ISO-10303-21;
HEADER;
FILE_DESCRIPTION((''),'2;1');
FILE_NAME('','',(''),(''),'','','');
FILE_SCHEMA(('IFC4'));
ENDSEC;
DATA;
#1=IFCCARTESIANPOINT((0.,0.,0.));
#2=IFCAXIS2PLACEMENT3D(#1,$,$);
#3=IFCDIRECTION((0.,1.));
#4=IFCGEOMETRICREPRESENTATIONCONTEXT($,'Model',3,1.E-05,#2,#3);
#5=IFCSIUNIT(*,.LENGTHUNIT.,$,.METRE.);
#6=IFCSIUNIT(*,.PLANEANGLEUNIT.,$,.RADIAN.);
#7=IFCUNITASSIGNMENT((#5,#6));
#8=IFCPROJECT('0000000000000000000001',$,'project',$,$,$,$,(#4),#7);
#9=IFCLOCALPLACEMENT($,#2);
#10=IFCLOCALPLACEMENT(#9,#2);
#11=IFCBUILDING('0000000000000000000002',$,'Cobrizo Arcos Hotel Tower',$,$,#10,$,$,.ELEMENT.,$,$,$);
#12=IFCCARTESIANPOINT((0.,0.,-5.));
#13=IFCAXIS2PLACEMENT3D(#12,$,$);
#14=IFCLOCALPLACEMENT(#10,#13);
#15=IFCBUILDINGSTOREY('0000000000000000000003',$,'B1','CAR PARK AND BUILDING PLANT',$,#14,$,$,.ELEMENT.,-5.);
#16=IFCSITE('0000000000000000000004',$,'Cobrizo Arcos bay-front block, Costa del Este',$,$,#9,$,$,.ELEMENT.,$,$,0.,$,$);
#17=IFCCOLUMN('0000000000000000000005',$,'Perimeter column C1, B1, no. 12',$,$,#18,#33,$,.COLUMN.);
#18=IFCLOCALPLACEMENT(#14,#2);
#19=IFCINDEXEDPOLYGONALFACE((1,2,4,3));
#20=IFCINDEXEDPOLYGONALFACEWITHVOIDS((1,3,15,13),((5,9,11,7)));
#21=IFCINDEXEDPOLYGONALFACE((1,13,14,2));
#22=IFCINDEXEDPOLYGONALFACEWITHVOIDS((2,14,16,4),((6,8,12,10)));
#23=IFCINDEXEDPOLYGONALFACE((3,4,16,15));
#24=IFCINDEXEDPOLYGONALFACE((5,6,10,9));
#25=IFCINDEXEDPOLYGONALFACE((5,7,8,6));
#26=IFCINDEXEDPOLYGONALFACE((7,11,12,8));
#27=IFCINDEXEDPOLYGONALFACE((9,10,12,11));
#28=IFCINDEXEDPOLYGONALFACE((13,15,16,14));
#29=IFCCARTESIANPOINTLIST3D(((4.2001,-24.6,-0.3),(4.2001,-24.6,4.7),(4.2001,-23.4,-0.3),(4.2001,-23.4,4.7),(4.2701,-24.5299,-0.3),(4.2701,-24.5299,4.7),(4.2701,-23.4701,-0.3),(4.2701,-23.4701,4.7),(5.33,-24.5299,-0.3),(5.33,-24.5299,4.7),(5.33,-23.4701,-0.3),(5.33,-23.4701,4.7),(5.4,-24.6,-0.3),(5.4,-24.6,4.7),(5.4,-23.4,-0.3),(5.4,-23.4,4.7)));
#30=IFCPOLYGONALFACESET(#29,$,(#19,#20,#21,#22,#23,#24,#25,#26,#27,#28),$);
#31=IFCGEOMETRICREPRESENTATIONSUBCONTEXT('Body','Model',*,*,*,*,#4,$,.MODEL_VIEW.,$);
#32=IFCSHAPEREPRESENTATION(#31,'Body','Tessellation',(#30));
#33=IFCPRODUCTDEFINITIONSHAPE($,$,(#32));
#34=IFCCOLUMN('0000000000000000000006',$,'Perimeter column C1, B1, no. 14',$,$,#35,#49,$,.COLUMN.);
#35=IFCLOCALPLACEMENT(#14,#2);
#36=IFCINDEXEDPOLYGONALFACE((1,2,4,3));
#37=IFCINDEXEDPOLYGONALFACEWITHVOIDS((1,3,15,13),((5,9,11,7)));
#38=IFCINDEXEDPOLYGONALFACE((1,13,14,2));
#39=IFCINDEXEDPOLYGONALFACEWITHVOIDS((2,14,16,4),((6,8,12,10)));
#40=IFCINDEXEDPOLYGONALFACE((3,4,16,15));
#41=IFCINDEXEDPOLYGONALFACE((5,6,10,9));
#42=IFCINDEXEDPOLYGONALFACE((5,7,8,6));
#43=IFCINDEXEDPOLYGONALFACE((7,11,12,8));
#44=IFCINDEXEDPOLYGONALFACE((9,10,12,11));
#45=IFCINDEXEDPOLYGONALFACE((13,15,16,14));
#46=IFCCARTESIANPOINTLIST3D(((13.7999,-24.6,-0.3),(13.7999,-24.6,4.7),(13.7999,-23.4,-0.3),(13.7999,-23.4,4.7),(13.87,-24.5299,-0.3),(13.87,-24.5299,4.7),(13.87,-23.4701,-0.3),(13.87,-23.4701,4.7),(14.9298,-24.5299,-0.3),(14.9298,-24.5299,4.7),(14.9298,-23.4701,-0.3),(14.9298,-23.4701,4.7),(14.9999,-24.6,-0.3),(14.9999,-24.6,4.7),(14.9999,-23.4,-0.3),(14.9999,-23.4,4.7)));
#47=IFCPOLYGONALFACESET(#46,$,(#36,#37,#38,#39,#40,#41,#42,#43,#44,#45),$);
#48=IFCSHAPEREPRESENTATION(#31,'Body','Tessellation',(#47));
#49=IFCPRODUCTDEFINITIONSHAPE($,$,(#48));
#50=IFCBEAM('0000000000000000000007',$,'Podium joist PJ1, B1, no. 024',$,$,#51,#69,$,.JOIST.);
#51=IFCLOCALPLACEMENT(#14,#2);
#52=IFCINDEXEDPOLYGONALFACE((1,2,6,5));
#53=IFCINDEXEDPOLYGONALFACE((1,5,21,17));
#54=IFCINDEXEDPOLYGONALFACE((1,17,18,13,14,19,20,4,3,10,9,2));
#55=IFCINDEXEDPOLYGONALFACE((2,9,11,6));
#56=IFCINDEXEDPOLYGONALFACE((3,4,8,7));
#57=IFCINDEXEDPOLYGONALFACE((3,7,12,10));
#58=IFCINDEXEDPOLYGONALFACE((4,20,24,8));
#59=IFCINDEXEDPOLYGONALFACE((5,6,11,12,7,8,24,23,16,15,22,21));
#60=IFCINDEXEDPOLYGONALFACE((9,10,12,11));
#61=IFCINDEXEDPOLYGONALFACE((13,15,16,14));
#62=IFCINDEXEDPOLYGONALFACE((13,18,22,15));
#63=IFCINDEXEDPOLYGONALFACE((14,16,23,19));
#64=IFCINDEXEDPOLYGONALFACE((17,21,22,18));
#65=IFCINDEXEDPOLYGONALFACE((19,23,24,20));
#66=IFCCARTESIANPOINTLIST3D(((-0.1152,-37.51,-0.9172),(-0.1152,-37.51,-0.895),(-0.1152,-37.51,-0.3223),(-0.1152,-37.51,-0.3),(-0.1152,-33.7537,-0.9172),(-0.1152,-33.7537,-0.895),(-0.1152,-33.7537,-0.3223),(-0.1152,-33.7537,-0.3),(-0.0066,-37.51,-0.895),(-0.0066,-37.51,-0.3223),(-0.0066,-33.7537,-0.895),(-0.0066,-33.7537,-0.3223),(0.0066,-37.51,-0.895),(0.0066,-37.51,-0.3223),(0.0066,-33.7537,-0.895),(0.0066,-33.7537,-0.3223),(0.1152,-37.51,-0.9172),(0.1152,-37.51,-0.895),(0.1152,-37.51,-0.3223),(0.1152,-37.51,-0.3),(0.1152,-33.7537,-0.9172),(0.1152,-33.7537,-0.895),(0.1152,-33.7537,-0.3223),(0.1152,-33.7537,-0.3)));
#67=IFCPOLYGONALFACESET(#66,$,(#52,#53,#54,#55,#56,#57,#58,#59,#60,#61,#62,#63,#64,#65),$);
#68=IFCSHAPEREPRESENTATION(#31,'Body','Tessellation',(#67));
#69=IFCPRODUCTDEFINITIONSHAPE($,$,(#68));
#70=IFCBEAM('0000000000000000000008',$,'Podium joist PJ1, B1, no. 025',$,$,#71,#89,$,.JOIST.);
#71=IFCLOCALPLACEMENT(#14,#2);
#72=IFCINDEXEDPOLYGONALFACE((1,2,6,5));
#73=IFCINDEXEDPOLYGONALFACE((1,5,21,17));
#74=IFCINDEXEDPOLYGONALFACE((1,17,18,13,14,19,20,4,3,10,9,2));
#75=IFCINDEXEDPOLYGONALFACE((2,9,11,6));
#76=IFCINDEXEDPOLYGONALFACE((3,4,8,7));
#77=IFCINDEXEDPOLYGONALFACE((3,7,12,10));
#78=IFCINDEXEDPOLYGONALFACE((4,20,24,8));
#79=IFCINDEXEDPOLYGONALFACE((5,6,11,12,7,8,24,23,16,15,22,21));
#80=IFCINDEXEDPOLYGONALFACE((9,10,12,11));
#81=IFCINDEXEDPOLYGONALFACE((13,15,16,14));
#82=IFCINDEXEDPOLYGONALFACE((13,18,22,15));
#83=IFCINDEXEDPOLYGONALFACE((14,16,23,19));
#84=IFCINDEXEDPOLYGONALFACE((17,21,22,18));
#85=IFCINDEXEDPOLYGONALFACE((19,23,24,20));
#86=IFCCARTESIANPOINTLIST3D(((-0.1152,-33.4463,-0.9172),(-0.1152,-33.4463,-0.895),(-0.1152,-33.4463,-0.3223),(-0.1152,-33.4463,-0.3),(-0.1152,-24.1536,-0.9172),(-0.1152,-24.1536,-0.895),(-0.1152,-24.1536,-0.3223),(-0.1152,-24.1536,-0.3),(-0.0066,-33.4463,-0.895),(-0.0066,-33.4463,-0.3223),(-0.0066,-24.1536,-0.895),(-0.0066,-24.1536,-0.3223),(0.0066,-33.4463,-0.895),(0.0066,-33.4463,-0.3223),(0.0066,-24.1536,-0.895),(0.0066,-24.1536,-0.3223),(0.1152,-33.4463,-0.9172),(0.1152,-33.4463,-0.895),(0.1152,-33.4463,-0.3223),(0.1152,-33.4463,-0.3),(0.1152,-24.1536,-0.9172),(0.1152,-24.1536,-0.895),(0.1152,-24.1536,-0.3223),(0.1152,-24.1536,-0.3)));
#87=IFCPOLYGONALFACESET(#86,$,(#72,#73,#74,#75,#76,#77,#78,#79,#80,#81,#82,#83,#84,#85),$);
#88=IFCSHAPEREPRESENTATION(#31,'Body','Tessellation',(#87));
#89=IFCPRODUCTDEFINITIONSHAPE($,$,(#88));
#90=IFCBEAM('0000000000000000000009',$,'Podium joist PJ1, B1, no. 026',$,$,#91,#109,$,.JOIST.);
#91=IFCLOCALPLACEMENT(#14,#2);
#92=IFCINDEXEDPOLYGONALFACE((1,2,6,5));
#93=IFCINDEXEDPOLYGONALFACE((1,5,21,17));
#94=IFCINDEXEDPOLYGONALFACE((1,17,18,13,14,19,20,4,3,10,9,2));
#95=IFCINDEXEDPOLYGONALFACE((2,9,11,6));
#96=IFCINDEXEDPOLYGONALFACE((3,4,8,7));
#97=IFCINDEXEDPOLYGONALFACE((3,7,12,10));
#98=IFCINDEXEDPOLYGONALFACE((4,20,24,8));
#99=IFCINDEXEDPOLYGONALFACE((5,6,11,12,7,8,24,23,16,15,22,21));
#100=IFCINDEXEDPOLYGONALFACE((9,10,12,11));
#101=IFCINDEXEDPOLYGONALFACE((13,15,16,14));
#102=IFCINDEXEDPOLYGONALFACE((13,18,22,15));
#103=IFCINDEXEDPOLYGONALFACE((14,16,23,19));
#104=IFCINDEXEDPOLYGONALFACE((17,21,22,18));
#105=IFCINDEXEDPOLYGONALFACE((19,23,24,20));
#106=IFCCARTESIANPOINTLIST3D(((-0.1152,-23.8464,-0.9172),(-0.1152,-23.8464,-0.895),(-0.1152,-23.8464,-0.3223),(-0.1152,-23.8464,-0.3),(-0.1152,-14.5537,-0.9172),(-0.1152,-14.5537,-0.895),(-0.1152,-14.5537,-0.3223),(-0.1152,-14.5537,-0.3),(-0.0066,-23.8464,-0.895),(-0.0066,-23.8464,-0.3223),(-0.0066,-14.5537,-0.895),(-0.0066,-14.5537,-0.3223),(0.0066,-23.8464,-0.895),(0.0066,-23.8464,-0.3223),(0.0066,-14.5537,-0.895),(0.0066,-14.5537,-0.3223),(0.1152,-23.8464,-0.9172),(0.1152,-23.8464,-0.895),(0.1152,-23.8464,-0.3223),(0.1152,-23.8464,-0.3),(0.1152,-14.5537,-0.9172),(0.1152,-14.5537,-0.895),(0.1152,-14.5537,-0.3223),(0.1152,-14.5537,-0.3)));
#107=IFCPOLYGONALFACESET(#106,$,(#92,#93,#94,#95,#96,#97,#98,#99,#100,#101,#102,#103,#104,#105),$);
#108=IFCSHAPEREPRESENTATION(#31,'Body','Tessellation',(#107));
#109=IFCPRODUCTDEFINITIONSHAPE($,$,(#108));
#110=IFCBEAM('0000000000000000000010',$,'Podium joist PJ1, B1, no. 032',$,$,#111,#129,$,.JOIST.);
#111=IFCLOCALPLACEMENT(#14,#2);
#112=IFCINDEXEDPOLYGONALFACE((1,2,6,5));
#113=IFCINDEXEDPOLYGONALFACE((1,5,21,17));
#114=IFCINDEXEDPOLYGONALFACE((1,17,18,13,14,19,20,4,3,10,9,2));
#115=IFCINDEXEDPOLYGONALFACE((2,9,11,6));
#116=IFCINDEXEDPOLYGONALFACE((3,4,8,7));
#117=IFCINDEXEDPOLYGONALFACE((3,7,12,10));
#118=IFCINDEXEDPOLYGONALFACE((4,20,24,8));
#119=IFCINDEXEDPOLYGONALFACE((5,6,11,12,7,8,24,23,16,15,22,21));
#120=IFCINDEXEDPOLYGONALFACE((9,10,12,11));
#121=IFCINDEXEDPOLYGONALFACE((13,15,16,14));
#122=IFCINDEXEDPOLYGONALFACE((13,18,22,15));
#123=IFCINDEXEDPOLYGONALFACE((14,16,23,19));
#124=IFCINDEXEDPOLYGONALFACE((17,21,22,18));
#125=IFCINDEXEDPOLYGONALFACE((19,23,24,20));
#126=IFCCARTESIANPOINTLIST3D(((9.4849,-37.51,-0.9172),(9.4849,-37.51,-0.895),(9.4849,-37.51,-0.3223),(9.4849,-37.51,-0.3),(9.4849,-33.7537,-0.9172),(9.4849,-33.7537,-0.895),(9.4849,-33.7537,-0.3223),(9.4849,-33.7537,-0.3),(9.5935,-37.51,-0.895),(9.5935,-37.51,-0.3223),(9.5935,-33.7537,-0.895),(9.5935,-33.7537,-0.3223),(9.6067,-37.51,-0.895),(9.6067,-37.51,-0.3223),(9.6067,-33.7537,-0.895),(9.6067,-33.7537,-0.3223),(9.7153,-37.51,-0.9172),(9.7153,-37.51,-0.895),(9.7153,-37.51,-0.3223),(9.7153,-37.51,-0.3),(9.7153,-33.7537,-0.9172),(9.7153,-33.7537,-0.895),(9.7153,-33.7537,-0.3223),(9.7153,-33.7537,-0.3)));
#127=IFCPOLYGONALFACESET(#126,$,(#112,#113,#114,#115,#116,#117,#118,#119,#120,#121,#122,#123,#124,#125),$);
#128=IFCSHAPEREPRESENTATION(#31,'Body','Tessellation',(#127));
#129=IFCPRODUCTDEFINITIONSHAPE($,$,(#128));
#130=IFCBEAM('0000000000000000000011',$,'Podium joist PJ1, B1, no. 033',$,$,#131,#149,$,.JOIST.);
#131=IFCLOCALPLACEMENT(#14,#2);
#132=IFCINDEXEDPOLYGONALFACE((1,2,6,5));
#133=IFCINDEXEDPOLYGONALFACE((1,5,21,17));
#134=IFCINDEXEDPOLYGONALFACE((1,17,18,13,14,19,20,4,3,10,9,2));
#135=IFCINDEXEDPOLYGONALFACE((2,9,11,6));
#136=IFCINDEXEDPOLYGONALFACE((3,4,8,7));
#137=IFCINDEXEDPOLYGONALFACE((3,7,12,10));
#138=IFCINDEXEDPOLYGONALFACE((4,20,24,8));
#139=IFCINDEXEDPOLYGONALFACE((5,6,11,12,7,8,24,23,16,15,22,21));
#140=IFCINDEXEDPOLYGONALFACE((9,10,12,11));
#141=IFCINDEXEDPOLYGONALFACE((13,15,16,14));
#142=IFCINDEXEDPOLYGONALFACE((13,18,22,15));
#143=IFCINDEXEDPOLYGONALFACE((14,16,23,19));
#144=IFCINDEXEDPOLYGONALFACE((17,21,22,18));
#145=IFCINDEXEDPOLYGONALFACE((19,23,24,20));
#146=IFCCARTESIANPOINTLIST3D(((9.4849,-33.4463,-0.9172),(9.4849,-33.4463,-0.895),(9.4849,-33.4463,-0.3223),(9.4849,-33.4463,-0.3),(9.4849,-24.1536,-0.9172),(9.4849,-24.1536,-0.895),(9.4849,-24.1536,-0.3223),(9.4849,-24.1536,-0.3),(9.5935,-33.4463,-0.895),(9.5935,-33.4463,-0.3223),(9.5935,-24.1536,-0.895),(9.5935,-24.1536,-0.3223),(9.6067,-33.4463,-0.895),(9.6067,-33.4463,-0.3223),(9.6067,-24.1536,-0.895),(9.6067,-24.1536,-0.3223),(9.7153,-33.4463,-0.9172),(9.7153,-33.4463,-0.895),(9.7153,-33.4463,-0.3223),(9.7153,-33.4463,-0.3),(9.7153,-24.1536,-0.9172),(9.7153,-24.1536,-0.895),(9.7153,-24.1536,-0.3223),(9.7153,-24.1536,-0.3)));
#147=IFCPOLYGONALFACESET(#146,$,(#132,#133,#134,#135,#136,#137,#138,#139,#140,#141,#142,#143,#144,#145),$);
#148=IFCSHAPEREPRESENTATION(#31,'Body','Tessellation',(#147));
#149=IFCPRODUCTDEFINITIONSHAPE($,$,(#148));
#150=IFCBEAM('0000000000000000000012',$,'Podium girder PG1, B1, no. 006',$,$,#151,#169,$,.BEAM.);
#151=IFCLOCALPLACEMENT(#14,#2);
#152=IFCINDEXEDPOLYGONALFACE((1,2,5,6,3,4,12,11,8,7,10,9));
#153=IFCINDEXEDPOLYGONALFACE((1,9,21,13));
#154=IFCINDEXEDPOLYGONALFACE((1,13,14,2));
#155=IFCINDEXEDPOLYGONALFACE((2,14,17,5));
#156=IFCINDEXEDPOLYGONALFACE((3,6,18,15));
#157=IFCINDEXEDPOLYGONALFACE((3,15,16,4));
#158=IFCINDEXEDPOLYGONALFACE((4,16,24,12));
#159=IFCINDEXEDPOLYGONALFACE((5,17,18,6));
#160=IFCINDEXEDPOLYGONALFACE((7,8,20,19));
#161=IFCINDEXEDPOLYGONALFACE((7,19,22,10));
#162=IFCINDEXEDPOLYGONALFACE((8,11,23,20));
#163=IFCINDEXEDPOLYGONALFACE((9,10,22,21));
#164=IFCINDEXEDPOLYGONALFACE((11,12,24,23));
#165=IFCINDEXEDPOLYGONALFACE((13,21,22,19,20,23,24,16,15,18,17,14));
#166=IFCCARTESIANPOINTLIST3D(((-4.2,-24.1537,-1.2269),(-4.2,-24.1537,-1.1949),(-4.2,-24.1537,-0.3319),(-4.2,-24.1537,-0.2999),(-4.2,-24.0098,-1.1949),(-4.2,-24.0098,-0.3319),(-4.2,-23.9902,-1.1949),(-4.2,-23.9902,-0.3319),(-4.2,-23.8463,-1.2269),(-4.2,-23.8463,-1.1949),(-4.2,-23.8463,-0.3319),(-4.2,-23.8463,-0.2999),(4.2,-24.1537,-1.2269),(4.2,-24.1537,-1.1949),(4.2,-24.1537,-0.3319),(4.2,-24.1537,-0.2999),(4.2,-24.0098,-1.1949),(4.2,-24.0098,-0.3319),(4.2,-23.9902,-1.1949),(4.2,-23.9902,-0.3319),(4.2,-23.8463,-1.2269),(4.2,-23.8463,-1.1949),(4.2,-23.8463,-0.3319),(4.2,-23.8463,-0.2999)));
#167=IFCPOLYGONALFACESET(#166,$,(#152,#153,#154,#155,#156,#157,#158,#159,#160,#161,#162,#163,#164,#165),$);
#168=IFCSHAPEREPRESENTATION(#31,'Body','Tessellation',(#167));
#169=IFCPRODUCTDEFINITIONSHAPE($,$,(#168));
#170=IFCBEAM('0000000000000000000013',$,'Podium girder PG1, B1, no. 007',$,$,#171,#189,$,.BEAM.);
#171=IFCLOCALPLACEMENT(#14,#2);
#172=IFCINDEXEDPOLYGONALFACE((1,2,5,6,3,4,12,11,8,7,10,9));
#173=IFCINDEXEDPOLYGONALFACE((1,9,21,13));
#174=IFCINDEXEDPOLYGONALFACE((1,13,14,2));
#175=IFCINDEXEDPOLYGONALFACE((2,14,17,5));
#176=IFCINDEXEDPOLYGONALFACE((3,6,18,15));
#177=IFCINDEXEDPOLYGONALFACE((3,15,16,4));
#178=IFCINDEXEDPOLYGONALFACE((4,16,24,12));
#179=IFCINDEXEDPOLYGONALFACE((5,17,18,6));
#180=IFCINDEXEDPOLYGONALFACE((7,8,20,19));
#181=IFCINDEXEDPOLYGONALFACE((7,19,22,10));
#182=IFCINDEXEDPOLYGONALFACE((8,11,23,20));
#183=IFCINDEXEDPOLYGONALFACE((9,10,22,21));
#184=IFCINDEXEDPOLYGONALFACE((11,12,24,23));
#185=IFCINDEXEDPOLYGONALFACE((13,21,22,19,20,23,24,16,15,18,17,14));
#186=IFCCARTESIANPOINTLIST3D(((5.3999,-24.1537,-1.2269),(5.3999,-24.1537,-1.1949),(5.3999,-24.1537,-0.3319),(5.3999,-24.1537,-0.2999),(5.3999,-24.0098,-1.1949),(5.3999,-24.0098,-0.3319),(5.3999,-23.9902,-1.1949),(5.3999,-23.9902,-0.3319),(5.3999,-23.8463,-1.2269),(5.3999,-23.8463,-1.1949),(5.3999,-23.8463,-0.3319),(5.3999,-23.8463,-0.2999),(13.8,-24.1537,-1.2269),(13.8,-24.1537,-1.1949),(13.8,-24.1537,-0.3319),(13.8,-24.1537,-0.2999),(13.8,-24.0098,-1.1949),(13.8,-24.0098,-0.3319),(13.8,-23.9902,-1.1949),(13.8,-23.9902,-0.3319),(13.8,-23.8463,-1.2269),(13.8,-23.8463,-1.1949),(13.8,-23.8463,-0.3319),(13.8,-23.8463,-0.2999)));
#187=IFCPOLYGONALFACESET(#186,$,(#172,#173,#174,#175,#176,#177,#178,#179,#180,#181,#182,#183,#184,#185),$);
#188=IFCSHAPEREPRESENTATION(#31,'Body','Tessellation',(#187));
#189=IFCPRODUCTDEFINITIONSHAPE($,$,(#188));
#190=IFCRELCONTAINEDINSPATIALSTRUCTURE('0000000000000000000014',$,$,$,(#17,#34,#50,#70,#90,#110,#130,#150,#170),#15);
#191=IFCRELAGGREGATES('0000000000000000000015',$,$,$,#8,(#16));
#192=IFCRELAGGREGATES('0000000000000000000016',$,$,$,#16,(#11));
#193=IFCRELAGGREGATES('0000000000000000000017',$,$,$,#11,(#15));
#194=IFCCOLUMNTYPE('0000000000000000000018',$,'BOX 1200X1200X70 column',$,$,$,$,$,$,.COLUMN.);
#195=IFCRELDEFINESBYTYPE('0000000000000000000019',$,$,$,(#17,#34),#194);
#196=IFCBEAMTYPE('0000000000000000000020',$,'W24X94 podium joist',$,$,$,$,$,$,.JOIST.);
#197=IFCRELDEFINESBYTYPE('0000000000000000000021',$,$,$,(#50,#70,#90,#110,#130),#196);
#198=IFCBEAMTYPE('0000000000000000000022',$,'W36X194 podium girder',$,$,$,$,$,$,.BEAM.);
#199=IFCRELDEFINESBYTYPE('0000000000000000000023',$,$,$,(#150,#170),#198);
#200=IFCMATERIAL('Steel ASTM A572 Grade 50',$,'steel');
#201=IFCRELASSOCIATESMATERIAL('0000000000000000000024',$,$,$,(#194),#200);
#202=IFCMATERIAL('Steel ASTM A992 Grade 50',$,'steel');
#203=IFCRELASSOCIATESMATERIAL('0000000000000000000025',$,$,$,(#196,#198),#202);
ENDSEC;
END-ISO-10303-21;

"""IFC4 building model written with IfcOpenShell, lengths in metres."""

from ifc_helpers import new_model, si_unit, direction, frame, origin, origin_2d, place, context, subcontext, project, spatial, hollow_rectangle, i_section, extrude, material, material_profile, profile_set, type_object, element, save


model = new_model("IFC4")

# Units and contexts
model_context = context("Model", 3, precision=1e-05, world=origin(), true_north=direction((0.0, 1.0)))
body_context = subcontext(model_context, "Body", "Model", "MODEL_VIEW")
ifc_project = project(units=[si_unit("LENGTHUNIT", "METRE"), si_unit("PLANEANGLEUNIT", "RADIAN")], contexts=[model_context])

# Site, building, storey
site_placement = place(None, origin())
site = spatial("IfcSite", under=ifc_project, at=site_placement, Name="Cobrizo Arcos bay-front block, Costa del Este", CompositionType="ELEMENT", RefElevation=0.0)
building_placement = place(site_placement, origin())
building = spatial("IfcBuilding", under=site, at=building_placement, Name="Cobrizo Arcos Hotel Tower", CompositionType="ELEMENT")
storey_placement = place(building_placement, frame((0.0, 0.0, -5.0)))
storey = spatial("IfcBuildingStorey", under=building, at=storey_placement, Name="B1", Description="CAR PARK AND BUILDING PLANT", CompositionType="ELEMENT", Elevation=-5.0)

# Columns
ifc_material_1 = material(Name="Steel ASTM A572 Grade 50", Category="steel")
ifc_material_profile_1 = material_profile(ifc_material_1, hollow_rectangle(XDim=1.2, YDim=1.2, WallThickness=0.0701, at=origin_2d()), Name="BOX 1200X1200X70")
ifc_profile_set_1 = profile_set([ifc_material_profile_1], Name="Steel ASTM A572 Grade 50")
column_type = type_object("IfcColumnType", Name="BOX 1200X1200X70 column", PredefinedType="COLUMN", material=ifc_profile_set_1)
for number, where, z_axis, x_axis, name in (
    (1, (4.8, -24.0, -0.3), (0.0, 0.0, 1.0), (1.0, 0.0, 0.0), "Perimeter column C1, B1, no. 12"),
    (2, (14.3999, -24.0, -0.3), (0.0, 0.0, 1.0), (1.0, 0.0, 0.0), "Perimeter column C1, B1, no. 14"),
):
    element("IfcColumn", number, at=place(storey_placement, frame(where, z_axis=z_axis, x_axis=x_axis)), inside=storey, type_object=column_type, Name=name, PredefinedType="COLUMN", context=body_context, shape_type="SweptSolid", body=[
        extrude(hollow_rectangle(XDim=1.2, YDim=1.2, WallThickness=0.0701, at=origin_2d()), origin(), (0.0, 0.0, 1.0), 5.0),
    ])

# Beams
ifc_material_2 = material(Name="Steel ASTM A992 Grade 50", Category="steel")
ifc_material_profile_2 = material_profile(ifc_material_2, i_section(OverallWidth=0.2305, OverallDepth=0.6172, WebThickness=0.0132, FlangeThickness=0.0222, at=origin_2d()), Name="W24X94")
ifc_profile_set_2 = profile_set([ifc_material_profile_2], Name="Steel ASTM A992 Grade 50")
beam_type_1 = type_object("IfcBeamType", Name="W24X94 podium joist", PredefinedType="JOIST", material=ifc_profile_set_2)
beam_1_placement = place(storey_placement, frame((0.0, -37.51, -0.6086), z_axis=(0.0, 1.0, 0.0), x_axis=(-1.0, 0.0, 0.0)))
element("IfcBeam", 3, at=beam_1_placement, inside=storey, type_object=beam_type_1, Name="Podium joist PJ1, B1, no. 024", PredefinedType="JOIST", context=body_context, shape_type="SweptSolid", body=[
    extrude(i_section(OverallWidth=0.2305, OverallDepth=0.6172, WebThickness=0.0132, FlangeThickness=0.0222, at=origin_2d()), origin(), (0.0, 0.0, 1.0), 3.7563),
])
for number, where, z_axis, x_axis, name in (
    (4, (0.0, -33.4463, -0.6086), (0.0, 1.0, 0.0), (-1.0, 0.0, 0.0), "Podium joist PJ1, B1, no. 025"),
    (5, (0.0, -23.8464, -0.6086), (0.0, 1.0, 0.0), (-1.0, 0.0, 0.0), "Podium joist PJ1, B1, no. 026"),
):
    element("IfcBeam", number, at=place(storey_placement, frame(where, z_axis=z_axis, x_axis=x_axis)), inside=storey, type_object=beam_type_1, Name=name, PredefinedType="JOIST", context=body_context, shape_type="SweptSolid", body=[
        extrude(i_section(OverallWidth=0.2305, OverallDepth=0.6172, WebThickness=0.0132, FlangeThickness=0.0222, at=origin_2d()), origin(), (0.0, 0.0, 1.0), 9.2927),
    ])
beam_2_placement = place(storey_placement, frame((9.6001, -37.51, -0.6086), z_axis=(0.0, 1.0, 0.0), x_axis=(-1.0, 0.0, 0.0)))
element("IfcBeam", 6, at=beam_2_placement, inside=storey, type_object=beam_type_1, Name="Podium joist PJ1, B1, no. 032", PredefinedType="JOIST", context=body_context, shape_type="SweptSolid", body=[
    extrude(i_section(OverallWidth=0.2305, OverallDepth=0.6172, WebThickness=0.0132, FlangeThickness=0.0222, at=origin_2d()), origin(), (0.0, 0.0, 1.0), 3.7563),
])
beam_3_placement = place(storey_placement, frame((9.6001, -33.4463, -0.6086), z_axis=(0.0, 1.0, 0.0), x_axis=(-1.0, 0.0, 0.0)))
element("IfcBeam", 7, at=beam_3_placement, inside=storey, type_object=beam_type_1, Name="Podium joist PJ1, B1, no. 033", PredefinedType="JOIST", context=body_context, shape_type="SweptSolid", body=[
    extrude(i_section(OverallWidth=0.2305, OverallDepth=0.6172, WebThickness=0.0132, FlangeThickness=0.0222, at=origin_2d()), origin(), (0.0, 0.0, 1.0), 9.2927),
])
ifc_material_profile_3 = material_profile(ifc_material_2, i_section(OverallWidth=0.3074, OverallDepth=0.927, WebThickness=0.0195, FlangeThickness=0.032, at=origin_2d()), Name="W36X194")
ifc_profile_set_3 = profile_set([ifc_material_profile_3], Name="Steel ASTM A992 Grade 50")
beam_type_2 = type_object("IfcBeamType", Name="W36X194 podium girder", PredefinedType="BEAM", material=ifc_profile_set_3)
beam_4_placement = place(storey_placement, frame((-4.2, -24.0, -0.7634), z_axis=(1.0, 0.0, 0.0), x_axis=(0.0, 1.0, 0.0)))
element("IfcBeam", 8, at=beam_4_placement, inside=storey, type_object=beam_type_2, Name="Podium girder PG1, B1, no. 006", PredefinedType="BEAM", context=body_context, shape_type="SweptSolid", body=[
    extrude(i_section(OverallWidth=0.3074, OverallDepth=0.927, WebThickness=0.0195, FlangeThickness=0.032, at=origin_2d()), origin(), (0.0, 0.0, 1.0), 8.3999),
])
beam_5_placement = place(storey_placement, frame((5.3999, -24.0, -0.7634), z_axis=(1.0, 0.0, 0.0), x_axis=(0.0, 1.0, 0.0)))
element("IfcBeam", 9, at=beam_5_placement, inside=storey, type_object=beam_type_2, Name="Podium girder PG1, B1, no. 007", PredefinedType="BEAM", context=body_context, shape_type="SweptSolid", body=[
    extrude(i_section(OverallWidth=0.3074, OverallDepth=0.927, WebThickness=0.0195, FlangeThickness=0.032, at=origin_2d()), origin(), (0.0, 0.0, 1.0), 8.4001),
])

save(model, "model.ifc")
